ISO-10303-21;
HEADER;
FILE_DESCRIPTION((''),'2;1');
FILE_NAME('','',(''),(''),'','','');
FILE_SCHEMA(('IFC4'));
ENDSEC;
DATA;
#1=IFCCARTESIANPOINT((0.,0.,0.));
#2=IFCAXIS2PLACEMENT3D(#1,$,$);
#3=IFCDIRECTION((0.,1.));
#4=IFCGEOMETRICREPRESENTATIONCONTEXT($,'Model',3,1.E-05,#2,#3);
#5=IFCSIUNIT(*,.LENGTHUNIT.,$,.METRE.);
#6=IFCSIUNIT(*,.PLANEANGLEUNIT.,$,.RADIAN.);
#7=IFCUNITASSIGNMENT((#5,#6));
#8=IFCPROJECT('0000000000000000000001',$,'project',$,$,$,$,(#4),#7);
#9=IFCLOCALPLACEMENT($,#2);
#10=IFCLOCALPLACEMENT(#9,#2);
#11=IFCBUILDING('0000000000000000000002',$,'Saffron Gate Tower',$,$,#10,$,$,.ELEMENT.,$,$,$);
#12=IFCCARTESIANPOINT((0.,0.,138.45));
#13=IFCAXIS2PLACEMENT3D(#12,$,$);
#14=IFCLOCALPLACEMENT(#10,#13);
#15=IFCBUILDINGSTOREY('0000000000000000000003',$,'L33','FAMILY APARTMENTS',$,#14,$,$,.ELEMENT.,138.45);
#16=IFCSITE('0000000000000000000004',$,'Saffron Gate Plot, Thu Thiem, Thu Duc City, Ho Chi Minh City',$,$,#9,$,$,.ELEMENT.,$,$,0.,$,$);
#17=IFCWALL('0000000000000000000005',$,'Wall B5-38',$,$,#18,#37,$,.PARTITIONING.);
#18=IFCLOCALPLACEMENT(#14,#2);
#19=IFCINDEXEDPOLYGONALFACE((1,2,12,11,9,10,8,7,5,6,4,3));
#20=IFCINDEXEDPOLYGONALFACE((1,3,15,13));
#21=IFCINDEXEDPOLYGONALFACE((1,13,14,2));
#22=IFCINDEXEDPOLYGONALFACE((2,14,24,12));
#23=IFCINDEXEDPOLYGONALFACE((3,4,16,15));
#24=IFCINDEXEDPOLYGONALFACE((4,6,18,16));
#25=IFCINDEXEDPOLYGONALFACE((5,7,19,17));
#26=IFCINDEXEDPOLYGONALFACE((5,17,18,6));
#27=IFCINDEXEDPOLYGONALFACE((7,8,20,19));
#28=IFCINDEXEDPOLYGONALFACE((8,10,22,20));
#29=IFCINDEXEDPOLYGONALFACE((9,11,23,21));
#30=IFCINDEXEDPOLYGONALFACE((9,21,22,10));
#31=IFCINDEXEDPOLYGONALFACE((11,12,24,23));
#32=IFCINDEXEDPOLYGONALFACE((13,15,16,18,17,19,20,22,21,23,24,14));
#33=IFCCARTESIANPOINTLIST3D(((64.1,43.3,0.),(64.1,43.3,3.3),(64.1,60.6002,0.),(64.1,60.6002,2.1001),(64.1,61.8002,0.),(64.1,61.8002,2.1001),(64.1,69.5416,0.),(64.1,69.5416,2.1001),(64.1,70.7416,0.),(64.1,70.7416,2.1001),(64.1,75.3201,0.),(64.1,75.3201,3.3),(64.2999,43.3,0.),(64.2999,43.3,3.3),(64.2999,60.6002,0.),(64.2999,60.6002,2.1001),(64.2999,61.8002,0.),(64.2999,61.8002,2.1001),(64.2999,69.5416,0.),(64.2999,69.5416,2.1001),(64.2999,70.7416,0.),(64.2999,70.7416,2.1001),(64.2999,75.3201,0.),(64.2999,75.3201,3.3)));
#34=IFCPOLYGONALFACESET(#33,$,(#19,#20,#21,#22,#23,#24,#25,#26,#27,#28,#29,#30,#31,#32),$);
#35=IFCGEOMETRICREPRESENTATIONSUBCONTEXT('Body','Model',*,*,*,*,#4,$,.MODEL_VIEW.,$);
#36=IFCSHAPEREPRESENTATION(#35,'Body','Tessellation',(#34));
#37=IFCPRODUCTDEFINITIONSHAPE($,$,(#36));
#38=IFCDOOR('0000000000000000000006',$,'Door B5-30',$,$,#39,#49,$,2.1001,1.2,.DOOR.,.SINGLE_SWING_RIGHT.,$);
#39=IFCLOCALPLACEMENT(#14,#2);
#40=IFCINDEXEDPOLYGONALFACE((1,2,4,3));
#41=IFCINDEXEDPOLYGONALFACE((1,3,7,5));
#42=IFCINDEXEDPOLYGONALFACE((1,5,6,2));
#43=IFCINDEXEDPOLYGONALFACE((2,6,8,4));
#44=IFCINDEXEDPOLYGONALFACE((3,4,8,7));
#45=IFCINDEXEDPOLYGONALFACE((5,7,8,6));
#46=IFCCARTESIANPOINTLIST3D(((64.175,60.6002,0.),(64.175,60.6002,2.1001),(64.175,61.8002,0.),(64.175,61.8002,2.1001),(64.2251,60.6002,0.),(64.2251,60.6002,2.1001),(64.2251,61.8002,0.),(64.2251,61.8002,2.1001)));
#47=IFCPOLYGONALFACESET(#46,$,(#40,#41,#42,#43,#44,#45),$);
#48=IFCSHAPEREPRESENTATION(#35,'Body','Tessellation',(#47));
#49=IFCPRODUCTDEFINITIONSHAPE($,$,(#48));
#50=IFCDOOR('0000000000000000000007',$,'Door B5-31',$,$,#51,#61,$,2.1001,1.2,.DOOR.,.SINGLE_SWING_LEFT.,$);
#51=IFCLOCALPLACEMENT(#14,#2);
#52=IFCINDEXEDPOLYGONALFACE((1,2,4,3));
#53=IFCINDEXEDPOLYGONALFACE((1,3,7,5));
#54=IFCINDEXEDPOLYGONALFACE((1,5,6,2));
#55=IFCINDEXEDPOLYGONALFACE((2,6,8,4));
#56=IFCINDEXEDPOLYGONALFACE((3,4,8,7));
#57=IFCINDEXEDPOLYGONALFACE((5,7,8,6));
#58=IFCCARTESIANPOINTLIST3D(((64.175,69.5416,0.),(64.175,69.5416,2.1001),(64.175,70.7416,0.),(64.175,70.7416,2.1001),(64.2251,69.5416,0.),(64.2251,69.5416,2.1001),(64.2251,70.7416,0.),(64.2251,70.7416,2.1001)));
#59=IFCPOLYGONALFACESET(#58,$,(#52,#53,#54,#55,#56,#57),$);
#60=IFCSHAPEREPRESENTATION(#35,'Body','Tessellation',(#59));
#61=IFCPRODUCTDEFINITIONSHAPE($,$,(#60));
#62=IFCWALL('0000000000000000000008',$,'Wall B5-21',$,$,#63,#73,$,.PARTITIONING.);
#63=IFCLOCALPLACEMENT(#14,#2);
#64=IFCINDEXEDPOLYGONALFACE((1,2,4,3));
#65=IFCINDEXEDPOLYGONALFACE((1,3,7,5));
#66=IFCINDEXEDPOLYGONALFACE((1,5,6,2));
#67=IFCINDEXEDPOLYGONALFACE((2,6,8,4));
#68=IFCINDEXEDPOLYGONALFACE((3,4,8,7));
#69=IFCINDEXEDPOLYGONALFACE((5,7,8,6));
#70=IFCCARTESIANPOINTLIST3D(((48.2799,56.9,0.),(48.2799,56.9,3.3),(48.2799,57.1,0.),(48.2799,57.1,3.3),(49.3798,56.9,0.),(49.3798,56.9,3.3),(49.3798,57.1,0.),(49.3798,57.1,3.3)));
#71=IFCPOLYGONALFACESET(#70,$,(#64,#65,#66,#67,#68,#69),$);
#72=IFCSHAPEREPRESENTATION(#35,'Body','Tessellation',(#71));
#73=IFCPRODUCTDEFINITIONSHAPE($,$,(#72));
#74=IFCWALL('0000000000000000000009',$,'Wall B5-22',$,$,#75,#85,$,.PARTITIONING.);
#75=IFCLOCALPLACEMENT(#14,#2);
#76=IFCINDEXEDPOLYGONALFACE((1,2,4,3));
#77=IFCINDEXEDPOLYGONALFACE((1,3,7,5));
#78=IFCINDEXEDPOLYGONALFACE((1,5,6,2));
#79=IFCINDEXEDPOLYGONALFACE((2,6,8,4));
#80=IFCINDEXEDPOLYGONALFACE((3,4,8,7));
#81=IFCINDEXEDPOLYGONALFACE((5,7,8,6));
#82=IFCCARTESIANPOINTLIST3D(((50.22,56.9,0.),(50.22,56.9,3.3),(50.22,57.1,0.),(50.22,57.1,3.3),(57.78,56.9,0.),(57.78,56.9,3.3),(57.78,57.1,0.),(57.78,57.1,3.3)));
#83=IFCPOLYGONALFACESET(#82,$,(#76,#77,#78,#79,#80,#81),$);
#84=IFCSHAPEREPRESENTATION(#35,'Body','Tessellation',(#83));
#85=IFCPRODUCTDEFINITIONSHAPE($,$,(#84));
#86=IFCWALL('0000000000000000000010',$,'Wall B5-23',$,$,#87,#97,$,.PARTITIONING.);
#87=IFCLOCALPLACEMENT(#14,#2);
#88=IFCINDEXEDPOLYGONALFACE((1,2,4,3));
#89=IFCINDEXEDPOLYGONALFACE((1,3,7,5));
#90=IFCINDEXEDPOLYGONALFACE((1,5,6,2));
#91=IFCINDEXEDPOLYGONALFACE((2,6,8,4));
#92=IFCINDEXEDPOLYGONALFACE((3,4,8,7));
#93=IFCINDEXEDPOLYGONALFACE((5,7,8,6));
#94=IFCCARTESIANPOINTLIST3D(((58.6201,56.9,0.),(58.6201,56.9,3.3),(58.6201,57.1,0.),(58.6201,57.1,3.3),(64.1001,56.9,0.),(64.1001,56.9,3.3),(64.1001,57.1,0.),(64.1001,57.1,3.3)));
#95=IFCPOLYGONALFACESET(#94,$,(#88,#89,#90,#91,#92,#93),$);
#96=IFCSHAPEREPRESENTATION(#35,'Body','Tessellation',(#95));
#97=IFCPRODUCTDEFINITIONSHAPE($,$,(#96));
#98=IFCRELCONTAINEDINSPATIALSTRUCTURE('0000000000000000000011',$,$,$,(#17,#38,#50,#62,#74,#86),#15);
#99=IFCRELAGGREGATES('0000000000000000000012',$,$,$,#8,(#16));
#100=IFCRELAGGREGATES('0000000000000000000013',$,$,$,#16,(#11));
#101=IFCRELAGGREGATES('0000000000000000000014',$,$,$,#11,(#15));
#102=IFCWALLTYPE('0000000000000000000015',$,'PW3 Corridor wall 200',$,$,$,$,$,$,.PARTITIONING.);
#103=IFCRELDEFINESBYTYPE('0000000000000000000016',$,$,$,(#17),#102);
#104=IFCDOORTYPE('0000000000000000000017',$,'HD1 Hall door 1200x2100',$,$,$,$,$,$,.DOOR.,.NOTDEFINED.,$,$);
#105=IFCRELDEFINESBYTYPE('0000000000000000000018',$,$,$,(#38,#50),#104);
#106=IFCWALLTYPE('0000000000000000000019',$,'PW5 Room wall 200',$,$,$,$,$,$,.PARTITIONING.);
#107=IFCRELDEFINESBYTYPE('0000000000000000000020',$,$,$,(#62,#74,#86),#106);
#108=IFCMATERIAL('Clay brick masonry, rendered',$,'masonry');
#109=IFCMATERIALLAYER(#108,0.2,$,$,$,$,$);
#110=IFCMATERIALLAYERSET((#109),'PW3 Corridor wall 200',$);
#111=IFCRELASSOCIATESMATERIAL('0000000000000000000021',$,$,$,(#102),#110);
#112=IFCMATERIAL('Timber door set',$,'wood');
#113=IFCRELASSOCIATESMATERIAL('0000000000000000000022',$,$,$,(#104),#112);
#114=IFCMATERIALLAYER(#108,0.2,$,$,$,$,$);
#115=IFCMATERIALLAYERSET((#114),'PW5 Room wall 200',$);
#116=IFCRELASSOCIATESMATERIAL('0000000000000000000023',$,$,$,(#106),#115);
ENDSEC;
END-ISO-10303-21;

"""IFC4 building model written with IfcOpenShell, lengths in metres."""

from ifc_helpers import new_model, si_unit, direction, frame, frame_2d, origin, place, context, subcontext, project, spatial, rectangle, extrude, material, layer, layer_set, type_object, element, fill, save


model = new_model("IFC4")

# Units and contexts
model_context = context("Model", 3, precision=1e-05, world=origin(), true_north=direction((0.0, 1.0)))
body_context = subcontext(model_context, "Body", "Model", "MODEL_VIEW")
ifc_project = project(units=[si_unit("LENGTHUNIT", "METRE"), si_unit("PLANEANGLEUNIT", "RADIAN")], contexts=[model_context])

# Site, building, storey
site_placement = place(None, origin())
site = spatial("IfcSite", under=ifc_project, at=site_placement, Name="Saffron Gate Plot, Thu Thiem, Thu Duc City, Ho Chi Minh City", CompositionType="ELEMENT", RefElevation=0.0)
building_placement = place(site_placement, origin())
building = spatial("IfcBuilding", under=site, at=building_placement, Name="Saffron Gate Tower", CompositionType="ELEMENT")
storey_placement = place(building_placement, frame((0.0, 0.0, 138.45)))
storey = spatial("IfcBuildingStorey", under=building, at=storey_placement, Name="L33", Description="FAMILY APARTMENTS", CompositionType="ELEMENT", Elevation=138.45)

# Shared definitions
ifc_material_1 = material(Name="Clay brick masonry, rendered", Category="masonry")
ifc_layer_1 = layer(ifc_material_1, 0.2)
ifc_layer_set_1 = layer_set([ifc_layer_1], Name="PW3 Corridor wall 200")
wall_type_1 = type_object("IfcWallType", Name="PW3 Corridor wall 200", PredefinedType="PARTITIONING", material=ifc_layer_set_1)

# Shared definitions
ifc_material_2 = material(Name="Timber door set", Category="wood")
door_type = type_object("IfcDoorType", Name="HD1 Hall door 1200x2100", OperationType="NOTDEFINED", PredefinedType="DOOR", material=ifc_material_2)

# Wall, openings, doors
wall_1_placement = place(storey_placement, frame((64.2, 43.3, 0.0), z_axis=(0.0, 0.0, 1.0), x_axis=(0.0, 1.0, 0.0)))
wall_1 = element("IfcWall", 1, at=wall_1_placement, inside=storey, type_object=wall_type_1, Name="Wall B5-38", PredefinedType="PARTITIONING", context=body_context, shape_type="SweptSolid", body=[
    extrude(rectangle(XDim=32.02, YDim=0.2, at=frame_2d((16.01, 0.0))), origin(), (0.0, 0.0, 1.0), 3.3),
])
opening_1_placement = place(wall_1_placement, frame((17.3, 0.0, 0.0)))
opening_1 = element("IfcOpeningElement", 2, at=opening_1_placement, cuts=wall_1, PredefinedType="OPENING", context=body_context, shape_type="SweptSolid", body=[
    extrude(rectangle(XDim=1.2, YDim=2.1001, at=frame_2d((0.6001, 1.05))), frame((0.0, 0.1099, 0.0), z_axis=(0.0, -1.0, 0.0), x_axis=(1.0, 0.0, 0.0)), (0.0, 0.0, 1.0), 0.22),
])
opening_2_placement = place(wall_1_placement, frame((26.2415, 0.0, 0.0)))
opening_2 = element("IfcOpeningElement", 3, at=opening_2_placement, cuts=wall_1, PredefinedType="OPENING", context=body_context, shape_type="SweptSolid", body=[
    extrude(rectangle(XDim=1.2, YDim=2.1001, at=frame_2d((0.6001, 1.05))), frame((0.0, 0.1099, 0.0), z_axis=(0.0, -1.0, 0.0), x_axis=(1.0, 0.0, 0.0)), (0.0, 0.0, 1.0), 0.22),
])
door_1_placement = place(opening_1_placement, origin())
door_1 = element("IfcDoor", 4, at=door_1_placement, inside=storey, type_object=door_type, Name="Door B5-30", OperationType="SINGLE_SWING_RIGHT", OverallHeight=2.1001, OverallWidth=1.2, PredefinedType="DOOR", context=body_context, shape_type="SweptSolid", body=[
    extrude(rectangle(XDim=1.2, YDim=2.1001, at=frame_2d((0.6001, 1.05))), frame((0.0, 0.0249, 0.0), z_axis=(0.0, -1.0, 0.0), x_axis=(1.0, 0.0, 0.0)), (0.0, 0.0, 1.0), 0.05),
])
fill(opening_1, door_1)
door_2_placement = place(opening_2_placement, origin())
door_2 = element("IfcDoor", 5, at=door_2_placement, inside=storey, type_object=door_type, Name="Door B5-31", OperationType="SINGLE_SWING_LEFT", OverallHeight=2.1001, OverallWidth=1.2, PredefinedType="DOOR", context=body_context, shape_type="SweptSolid", body=[
    extrude(rectangle(XDim=1.2, YDim=2.1001, at=frame_2d((0.6001, 1.05))), frame((0.0, 0.0249, 0.0), z_axis=(0.0, -1.0, 0.0), x_axis=(1.0, 0.0, 0.0)), (0.0, 0.0, 1.0), 0.05),
])
fill(opening_2, door_2)

# Walls
ifc_layer_2 = layer(ifc_material_1, 0.2)
ifc_layer_set_2 = layer_set([ifc_layer_2], Name="PW5 Room wall 200")
wall_type_2 = type_object("IfcWallType", Name="PW5 Room wall 200", PredefinedType="PARTITIONING", material=ifc_layer_set_2)
wall_2_placement = place(storey_placement, frame((48.28, 57.0, 0.0), z_axis=(0.0, 0.0, 1.0), x_axis=(1.0, 0.0, 0.0)))
element("IfcWall", 6, at=wall_2_placement, inside=storey, type_object=wall_type_2, Name="Wall B5-21", PredefinedType="PARTITIONING", context=body_context, shape_type="SweptSolid", body=[
    extrude(rectangle(XDim=1.0999, YDim=0.2, at=frame_2d((0.5498, 0.0))), origin(), (0.0, 0.0, 1.0), 3.3),
])
wall_3_placement = place(storey_placement, frame((50.22, 57.0, 0.0), z_axis=(0.0, 0.0, 1.0), x_axis=(1.0, 0.0, 0.0)))
element("IfcWall", 7, at=wall_3_placement, inside=storey, type_object=wall_type_2, Name="Wall B5-22", PredefinedType="PARTITIONING", context=body_context, shape_type="SweptSolid", body=[
    extrude(rectangle(XDim=7.5601, YDim=0.2, at=frame_2d((3.78, 0.0))), origin(), (0.0, 0.0, 1.0), 3.3),
])
wall_4_placement = place(storey_placement, frame((58.6201, 57.0, 0.0), z_axis=(0.0, 0.0, 1.0), x_axis=(1.0, 0.0, 0.0)))
element("IfcWall", 8, at=wall_4_placement, inside=storey, type_object=wall_type_2, Name="Wall B5-23", PredefinedType="PARTITIONING", context=body_context, shape_type="SweptSolid", body=[
    extrude(rectangle(XDim=5.48, YDim=0.2, at=frame_2d((2.74, 0.0))), origin(), (0.0, 0.0, 1.0), 3.3),
])

save(model, "model.ifc")
